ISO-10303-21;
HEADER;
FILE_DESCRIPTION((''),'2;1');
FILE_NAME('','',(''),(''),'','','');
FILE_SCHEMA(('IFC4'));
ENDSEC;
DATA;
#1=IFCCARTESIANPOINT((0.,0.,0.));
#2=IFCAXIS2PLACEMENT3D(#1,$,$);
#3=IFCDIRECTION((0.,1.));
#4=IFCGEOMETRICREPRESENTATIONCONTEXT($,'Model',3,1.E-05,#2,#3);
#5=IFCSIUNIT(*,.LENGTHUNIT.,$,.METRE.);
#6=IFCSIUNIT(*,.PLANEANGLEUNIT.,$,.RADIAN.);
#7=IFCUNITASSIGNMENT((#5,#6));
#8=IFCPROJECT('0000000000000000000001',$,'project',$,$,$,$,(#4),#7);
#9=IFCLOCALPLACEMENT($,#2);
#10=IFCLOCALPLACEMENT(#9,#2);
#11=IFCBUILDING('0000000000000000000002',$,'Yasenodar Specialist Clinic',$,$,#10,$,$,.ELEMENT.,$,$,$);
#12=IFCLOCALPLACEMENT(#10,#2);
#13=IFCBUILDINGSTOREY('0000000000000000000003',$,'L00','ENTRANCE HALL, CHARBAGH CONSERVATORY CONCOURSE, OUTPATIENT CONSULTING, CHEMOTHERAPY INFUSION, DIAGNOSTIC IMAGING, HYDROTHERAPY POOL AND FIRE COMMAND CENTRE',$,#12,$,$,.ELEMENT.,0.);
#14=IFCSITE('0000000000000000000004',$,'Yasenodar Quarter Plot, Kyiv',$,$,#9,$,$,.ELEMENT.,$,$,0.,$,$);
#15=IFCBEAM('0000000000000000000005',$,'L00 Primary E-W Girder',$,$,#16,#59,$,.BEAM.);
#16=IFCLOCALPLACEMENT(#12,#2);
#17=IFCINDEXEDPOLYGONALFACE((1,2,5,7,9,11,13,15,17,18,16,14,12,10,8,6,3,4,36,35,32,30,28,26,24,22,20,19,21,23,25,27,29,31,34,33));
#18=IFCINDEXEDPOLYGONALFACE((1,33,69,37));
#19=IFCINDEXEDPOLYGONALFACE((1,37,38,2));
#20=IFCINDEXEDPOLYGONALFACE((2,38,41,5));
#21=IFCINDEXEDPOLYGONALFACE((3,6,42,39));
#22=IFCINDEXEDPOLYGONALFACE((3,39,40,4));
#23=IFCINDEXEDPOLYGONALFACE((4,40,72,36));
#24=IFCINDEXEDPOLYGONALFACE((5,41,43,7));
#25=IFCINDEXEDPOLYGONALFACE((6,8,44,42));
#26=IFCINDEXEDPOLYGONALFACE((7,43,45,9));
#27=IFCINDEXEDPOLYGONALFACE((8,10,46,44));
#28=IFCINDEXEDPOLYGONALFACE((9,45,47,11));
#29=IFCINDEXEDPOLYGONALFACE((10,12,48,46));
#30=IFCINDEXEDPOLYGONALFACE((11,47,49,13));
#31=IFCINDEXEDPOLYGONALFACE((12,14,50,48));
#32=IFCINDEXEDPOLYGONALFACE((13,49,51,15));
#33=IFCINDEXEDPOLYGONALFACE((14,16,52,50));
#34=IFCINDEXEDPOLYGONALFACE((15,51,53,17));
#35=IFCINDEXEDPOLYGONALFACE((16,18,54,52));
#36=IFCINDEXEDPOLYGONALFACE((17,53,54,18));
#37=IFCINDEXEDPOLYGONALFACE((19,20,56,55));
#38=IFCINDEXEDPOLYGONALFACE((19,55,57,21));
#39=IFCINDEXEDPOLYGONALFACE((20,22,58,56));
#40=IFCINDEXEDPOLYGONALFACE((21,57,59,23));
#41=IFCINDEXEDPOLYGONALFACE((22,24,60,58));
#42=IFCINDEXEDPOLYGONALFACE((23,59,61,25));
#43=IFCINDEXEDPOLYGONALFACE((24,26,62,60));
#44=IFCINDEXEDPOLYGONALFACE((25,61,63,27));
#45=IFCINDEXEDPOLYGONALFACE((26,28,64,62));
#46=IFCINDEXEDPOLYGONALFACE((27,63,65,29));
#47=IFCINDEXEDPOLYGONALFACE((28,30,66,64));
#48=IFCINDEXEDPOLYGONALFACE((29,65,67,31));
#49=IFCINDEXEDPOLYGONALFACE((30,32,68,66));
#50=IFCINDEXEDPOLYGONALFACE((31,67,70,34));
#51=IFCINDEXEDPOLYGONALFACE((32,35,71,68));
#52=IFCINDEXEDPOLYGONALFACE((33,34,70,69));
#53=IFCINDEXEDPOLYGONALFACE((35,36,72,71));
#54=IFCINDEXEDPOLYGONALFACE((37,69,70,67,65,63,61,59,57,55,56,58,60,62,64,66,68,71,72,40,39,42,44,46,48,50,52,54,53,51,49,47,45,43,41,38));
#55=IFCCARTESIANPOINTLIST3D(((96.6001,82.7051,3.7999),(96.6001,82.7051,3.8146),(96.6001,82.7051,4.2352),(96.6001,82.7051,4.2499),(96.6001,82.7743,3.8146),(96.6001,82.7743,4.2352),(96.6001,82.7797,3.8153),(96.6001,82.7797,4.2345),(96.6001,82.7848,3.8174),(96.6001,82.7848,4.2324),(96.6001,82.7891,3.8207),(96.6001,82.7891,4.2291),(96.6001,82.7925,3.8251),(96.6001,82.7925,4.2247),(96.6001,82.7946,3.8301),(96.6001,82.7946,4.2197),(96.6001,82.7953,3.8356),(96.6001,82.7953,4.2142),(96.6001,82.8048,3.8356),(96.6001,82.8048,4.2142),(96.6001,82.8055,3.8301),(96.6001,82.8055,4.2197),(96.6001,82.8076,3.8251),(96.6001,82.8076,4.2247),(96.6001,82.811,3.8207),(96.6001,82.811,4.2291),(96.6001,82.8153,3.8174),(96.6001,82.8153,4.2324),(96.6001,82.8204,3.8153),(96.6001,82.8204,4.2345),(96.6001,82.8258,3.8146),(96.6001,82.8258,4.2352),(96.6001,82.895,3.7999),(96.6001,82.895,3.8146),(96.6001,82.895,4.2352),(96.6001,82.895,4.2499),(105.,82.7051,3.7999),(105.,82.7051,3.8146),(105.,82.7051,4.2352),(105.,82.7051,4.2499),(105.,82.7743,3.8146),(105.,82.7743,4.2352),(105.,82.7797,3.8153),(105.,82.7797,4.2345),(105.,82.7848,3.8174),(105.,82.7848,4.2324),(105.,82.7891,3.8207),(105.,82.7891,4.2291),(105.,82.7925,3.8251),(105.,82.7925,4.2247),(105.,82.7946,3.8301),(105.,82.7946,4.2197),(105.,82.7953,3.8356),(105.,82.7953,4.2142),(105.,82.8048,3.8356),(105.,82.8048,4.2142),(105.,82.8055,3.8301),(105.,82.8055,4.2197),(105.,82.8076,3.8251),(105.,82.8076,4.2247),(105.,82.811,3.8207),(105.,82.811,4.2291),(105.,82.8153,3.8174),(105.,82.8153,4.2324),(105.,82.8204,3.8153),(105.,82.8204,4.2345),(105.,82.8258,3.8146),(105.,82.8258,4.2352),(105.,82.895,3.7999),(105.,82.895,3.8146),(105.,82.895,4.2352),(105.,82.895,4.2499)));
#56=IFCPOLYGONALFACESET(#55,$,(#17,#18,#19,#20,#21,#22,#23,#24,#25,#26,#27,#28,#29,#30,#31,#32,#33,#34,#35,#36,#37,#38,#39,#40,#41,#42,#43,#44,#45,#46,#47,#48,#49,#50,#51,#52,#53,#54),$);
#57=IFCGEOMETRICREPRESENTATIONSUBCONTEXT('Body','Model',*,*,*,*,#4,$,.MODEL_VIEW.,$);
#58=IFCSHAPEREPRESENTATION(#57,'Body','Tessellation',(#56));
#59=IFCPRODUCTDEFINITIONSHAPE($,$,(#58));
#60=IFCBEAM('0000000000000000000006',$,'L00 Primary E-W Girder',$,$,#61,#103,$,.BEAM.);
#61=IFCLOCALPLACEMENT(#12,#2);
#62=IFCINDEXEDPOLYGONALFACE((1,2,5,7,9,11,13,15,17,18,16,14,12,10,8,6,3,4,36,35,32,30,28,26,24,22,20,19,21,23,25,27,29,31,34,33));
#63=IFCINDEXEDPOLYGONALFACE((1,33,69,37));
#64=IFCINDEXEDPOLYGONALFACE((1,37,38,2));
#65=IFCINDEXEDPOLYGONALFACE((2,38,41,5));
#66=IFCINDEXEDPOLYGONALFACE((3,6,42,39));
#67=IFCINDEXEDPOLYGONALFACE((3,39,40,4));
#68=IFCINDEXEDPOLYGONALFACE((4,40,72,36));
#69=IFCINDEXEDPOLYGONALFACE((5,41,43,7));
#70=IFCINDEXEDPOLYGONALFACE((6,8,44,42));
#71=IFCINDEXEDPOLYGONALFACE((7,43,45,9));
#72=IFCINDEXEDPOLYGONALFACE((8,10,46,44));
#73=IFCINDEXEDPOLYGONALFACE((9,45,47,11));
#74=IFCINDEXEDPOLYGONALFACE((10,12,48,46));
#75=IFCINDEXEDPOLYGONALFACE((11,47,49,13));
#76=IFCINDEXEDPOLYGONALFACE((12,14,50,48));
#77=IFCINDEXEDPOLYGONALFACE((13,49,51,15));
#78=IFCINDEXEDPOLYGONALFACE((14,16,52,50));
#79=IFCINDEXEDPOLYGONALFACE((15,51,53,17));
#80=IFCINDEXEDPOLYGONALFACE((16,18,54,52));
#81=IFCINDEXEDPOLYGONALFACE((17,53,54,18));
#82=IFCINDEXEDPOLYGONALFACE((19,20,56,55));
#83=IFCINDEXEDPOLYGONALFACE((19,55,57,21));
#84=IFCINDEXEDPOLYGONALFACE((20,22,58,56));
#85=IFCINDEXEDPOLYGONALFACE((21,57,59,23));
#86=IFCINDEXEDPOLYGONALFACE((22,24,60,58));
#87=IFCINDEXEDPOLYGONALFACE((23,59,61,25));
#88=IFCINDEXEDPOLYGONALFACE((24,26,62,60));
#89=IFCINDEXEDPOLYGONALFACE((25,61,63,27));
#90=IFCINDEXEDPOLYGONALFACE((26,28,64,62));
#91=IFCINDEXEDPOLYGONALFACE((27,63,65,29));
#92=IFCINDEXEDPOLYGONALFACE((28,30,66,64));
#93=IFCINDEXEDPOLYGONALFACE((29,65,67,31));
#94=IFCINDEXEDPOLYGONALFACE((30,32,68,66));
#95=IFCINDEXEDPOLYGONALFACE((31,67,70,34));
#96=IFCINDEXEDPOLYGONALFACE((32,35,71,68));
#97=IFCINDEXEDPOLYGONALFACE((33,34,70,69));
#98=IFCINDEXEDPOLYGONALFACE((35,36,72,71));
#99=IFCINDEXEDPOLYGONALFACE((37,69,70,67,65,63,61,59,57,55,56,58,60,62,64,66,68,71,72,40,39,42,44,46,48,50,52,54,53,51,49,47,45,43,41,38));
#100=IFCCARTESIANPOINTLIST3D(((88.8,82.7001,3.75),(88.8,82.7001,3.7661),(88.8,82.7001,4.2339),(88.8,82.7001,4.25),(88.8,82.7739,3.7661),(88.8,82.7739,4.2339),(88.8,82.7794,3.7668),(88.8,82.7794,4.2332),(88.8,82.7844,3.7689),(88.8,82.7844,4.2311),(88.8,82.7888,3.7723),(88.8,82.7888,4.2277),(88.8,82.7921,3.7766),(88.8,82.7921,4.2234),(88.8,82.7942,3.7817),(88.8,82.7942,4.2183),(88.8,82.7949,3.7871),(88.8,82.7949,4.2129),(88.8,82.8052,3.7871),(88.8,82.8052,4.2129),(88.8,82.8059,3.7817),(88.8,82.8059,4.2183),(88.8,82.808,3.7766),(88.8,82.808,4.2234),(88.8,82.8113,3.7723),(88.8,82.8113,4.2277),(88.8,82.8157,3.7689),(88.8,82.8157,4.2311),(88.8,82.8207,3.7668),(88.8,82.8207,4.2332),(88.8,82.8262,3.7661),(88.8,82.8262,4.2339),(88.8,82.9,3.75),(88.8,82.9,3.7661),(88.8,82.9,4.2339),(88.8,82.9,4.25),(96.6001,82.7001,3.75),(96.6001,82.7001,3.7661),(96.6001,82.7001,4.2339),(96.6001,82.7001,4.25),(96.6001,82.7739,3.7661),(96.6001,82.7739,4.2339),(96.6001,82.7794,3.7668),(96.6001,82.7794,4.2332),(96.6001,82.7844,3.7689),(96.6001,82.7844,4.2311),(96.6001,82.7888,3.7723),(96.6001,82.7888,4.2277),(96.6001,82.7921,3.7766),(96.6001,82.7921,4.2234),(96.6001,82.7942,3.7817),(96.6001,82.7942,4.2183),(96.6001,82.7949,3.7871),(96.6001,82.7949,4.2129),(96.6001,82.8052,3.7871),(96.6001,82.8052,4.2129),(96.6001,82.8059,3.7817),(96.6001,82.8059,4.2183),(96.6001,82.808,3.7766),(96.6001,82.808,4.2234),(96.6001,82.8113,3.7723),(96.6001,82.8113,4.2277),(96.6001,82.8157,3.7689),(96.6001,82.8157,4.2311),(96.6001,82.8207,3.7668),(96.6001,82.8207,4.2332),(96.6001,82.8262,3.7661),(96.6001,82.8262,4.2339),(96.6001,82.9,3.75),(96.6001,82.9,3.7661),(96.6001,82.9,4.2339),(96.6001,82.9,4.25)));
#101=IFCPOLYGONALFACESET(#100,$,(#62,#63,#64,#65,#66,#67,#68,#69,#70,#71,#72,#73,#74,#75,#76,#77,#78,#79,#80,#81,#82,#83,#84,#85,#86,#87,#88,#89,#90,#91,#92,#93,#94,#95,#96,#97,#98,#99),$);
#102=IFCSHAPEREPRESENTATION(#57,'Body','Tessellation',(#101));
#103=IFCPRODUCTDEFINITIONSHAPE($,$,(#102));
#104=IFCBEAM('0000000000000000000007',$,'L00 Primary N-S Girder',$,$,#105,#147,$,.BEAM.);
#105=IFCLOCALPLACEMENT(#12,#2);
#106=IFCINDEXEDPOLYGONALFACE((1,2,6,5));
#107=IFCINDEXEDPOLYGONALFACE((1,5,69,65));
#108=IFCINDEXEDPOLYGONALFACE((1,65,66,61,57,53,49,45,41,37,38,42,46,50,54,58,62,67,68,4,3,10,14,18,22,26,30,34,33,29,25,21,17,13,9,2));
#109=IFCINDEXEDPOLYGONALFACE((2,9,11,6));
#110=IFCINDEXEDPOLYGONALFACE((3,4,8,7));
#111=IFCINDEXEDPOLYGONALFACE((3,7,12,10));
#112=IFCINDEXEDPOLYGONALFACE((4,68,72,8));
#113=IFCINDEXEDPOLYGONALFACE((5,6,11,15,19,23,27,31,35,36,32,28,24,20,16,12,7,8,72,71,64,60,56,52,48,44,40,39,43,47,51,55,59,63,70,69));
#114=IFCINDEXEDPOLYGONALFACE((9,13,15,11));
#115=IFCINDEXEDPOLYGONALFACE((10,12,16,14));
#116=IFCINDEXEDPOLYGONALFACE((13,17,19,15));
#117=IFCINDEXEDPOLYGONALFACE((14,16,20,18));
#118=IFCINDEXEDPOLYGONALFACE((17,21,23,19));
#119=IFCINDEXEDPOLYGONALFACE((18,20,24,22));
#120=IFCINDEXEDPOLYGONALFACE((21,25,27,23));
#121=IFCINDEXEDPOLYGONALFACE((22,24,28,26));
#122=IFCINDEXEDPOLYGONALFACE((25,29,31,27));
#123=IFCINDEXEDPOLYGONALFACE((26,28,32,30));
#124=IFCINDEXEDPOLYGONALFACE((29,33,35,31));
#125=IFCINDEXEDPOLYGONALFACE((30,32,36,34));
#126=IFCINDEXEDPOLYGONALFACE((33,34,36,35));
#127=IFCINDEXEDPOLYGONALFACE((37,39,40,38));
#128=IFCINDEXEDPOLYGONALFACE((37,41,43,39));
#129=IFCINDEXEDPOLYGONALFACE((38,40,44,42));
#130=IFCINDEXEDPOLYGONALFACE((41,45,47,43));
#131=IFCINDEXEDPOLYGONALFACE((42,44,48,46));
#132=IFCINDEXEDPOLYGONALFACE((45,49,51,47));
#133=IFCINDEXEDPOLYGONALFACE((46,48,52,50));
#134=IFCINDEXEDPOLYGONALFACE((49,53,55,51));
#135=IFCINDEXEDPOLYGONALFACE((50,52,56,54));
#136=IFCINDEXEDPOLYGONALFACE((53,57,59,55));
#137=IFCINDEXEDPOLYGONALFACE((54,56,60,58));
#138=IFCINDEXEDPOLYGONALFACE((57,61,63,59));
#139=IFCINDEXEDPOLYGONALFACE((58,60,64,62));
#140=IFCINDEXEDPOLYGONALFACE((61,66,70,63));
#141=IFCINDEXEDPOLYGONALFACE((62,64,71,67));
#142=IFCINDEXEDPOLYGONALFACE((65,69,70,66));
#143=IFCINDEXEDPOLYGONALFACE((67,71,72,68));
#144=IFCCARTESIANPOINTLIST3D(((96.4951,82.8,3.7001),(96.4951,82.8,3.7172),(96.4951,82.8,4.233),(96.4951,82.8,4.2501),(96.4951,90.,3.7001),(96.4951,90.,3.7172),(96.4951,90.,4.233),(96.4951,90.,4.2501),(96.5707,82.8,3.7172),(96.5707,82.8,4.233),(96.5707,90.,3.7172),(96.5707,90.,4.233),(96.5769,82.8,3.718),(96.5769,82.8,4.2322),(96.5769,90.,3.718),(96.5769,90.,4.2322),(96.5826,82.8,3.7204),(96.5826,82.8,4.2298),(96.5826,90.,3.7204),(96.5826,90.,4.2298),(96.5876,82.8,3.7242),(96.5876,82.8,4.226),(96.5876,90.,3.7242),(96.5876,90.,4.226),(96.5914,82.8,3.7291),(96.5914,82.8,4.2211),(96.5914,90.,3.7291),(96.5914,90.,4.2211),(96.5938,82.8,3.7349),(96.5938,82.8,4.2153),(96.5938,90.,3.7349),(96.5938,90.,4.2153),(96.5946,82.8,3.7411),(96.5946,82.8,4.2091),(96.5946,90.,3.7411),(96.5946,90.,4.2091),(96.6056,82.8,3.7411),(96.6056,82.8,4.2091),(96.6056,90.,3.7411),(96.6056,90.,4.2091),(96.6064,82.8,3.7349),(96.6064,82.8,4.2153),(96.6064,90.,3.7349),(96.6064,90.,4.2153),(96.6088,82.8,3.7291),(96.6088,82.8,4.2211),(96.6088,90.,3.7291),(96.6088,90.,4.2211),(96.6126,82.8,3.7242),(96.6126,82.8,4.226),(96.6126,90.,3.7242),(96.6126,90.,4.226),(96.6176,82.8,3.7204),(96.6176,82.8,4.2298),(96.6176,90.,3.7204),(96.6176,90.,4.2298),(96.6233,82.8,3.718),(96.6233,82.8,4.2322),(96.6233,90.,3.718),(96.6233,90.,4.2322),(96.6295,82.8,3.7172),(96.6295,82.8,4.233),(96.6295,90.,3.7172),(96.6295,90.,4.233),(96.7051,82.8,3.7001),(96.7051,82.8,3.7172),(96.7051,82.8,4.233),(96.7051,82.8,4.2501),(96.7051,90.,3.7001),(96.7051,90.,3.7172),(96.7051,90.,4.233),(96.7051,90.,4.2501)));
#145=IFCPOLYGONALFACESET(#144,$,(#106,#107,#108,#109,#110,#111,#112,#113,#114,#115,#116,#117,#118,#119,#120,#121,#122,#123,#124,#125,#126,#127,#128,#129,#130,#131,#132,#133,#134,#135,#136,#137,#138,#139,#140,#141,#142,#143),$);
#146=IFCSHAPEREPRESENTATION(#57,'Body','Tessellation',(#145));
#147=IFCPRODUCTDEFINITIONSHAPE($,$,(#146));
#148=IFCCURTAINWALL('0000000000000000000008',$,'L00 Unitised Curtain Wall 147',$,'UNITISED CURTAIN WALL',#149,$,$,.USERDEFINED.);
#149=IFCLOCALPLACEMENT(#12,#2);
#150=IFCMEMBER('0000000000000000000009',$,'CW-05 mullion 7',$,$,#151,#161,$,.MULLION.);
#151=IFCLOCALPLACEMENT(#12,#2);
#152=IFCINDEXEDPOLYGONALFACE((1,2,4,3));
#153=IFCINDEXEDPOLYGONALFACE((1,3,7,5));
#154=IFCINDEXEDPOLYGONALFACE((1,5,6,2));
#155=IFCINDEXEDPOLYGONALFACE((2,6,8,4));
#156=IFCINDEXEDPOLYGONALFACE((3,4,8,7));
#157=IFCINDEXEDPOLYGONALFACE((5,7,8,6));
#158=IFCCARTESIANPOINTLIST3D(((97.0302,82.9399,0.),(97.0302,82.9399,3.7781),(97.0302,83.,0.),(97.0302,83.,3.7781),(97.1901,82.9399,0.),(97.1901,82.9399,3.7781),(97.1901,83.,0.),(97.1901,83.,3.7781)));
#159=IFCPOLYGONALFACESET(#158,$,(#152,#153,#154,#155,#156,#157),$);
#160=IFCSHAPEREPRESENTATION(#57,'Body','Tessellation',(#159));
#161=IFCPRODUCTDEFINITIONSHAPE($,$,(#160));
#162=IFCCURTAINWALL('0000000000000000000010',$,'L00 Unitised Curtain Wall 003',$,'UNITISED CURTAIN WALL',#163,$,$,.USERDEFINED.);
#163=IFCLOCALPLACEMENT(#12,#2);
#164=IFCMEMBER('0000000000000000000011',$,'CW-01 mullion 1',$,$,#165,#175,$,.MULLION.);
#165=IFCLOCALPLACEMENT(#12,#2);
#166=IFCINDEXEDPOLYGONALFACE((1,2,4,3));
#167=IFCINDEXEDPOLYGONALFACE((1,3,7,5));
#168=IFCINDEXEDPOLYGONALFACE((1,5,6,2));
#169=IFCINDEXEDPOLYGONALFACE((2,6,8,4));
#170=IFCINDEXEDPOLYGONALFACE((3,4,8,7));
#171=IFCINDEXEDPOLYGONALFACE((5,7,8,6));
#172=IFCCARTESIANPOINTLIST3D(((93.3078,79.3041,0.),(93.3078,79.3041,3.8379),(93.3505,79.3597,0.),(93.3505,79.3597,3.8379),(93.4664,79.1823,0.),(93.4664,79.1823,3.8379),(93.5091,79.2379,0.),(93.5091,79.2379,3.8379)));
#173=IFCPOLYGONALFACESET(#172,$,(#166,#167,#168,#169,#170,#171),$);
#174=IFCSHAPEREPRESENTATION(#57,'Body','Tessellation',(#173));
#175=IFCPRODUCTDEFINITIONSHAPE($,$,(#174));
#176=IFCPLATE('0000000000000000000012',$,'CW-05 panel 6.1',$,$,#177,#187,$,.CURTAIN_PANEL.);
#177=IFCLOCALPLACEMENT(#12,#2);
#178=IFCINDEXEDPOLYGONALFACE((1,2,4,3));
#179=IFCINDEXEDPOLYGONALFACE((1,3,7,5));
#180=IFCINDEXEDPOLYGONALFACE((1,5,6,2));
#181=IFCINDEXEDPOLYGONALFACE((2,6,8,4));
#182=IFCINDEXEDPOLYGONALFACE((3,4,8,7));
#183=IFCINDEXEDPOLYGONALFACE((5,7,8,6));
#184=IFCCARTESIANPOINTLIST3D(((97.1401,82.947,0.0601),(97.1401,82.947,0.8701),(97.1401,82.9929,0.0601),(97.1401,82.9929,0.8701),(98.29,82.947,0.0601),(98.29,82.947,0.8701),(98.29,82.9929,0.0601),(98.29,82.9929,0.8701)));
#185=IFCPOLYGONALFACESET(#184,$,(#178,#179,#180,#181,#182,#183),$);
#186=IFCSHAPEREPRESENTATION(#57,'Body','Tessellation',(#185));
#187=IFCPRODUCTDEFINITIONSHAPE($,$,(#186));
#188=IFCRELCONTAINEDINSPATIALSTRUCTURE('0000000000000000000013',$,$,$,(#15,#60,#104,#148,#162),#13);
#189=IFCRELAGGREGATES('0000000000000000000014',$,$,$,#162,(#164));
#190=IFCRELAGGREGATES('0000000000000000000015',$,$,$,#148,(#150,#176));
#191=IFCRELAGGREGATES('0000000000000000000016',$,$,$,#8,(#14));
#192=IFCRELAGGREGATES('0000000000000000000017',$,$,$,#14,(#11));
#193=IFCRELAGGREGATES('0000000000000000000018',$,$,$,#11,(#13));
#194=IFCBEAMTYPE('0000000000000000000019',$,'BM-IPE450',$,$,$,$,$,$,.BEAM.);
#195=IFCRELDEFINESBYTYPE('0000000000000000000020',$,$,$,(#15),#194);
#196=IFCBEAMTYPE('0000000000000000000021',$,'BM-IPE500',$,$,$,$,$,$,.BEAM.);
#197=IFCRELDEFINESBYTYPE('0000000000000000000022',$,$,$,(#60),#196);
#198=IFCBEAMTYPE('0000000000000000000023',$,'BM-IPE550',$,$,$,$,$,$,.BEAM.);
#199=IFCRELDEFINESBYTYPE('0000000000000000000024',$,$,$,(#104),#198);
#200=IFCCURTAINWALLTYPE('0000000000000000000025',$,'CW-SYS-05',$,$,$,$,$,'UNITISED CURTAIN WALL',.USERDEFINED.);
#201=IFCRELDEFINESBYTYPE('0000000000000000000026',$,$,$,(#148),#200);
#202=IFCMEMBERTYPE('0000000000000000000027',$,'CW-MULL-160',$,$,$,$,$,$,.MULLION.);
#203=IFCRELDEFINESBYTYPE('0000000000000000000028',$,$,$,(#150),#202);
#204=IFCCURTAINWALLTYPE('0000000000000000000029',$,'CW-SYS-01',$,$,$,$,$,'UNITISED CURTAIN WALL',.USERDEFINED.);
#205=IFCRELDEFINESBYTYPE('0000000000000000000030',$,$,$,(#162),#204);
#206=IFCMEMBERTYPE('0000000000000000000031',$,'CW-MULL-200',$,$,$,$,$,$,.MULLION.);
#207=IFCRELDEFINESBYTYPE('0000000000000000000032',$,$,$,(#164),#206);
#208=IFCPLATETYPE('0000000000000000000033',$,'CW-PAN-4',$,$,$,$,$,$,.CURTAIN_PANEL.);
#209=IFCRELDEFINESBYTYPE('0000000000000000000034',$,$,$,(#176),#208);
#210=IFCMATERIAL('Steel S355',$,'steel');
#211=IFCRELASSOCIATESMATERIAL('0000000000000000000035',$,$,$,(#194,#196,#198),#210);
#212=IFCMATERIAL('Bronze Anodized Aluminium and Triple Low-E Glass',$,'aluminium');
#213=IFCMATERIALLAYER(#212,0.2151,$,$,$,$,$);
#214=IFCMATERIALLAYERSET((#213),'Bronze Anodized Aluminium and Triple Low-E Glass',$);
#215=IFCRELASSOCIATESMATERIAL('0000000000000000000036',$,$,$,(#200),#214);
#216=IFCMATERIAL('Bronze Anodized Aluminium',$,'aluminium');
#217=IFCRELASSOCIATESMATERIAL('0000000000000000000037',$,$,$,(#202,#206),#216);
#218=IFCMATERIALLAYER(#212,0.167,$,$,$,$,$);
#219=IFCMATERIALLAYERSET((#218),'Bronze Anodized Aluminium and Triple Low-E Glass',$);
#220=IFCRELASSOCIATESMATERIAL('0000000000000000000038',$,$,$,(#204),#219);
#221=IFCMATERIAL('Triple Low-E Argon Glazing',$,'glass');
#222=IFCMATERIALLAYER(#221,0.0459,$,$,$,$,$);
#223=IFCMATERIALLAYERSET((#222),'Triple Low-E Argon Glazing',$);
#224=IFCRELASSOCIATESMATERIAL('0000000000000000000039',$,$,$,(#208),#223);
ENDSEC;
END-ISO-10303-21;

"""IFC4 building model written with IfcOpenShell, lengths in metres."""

from ifc_helpers import new_model, si_unit, direction, frame, origin, origin_2d, place, context, subcontext, project, spatial, rectangle, i_section, extrude, material, layer, layer_set, material_profile, profile_set, type_object, element, aggregate, save


model = new_model("IFC4")

# Units and contexts
model_context = context("Model", 3, precision=1e-05, world=origin(), true_north=direction((0.0, 1.0)))
body_context = subcontext(model_context, "Body", "Model", "MODEL_VIEW")
ifc_project = project(units=[si_unit("LENGTHUNIT", "METRE"), si_unit("PLANEANGLEUNIT", "RADIAN")], contexts=[model_context])

# Site, building, storey
site_placement = place(None, origin())
site = spatial("IfcSite", under=ifc_project, at=site_placement, Name="Yasenodar Quarter Plot, Kyiv", CompositionType="ELEMENT", RefElevation=0.0)
building_placement = place(site_placement, origin())
building = spatial("IfcBuilding", under=site, at=building_placement, Name="Yasenodar Specialist Clinic", CompositionType="ELEMENT")
storey_placement = place(building_placement, origin())
storey = spatial("IfcBuildingStorey", under=building, at=storey_placement, Name="L00", Description="ENTRANCE HALL, CHARBAGH CONSERVATORY CONCOURSE, OUTPATIENT CONSULTING, CHEMOTHERAPY INFUSION, DIAGNOSTIC IMAGING, HYDROTHERAPY POOL AND FIRE COMMAND CENTRE", CompositionType="ELEMENT", Elevation=0.0)

# Shared definitions
ifc_material_1 = material(Name="Steel S355", Category="steel")

# Beams
ifc_material_profile_1 = material_profile(ifc_material_1, i_section(OverallWidth=0.1899, OverallDepth=0.45, WebThickness=0.0095, FlangeThickness=0.0146, FilletRadius=0.021, at=origin_2d()), Name="IPE 450")
ifc_profile_set_1 = profile_set([ifc_material_profile_1], Name="Steel S355")
beam_type_1 = type_object("IfcBeamType", Name="BM-IPE450", PredefinedType="BEAM", material=ifc_profile_set_1)
beam_1_placement = place(storey_placement, frame((96.6001, 82.8, 4.0249), z_axis=(1.0, 0.0, 0.0), x_axis=(0.0, 1.0, 0.0)))
element("IfcBeam", 1, at=beam_1_placement, inside=storey, type_object=beam_type_1, Name="L00 Primary E-W Girder", PredefinedType="BEAM", context=body_context, shape_type="SweptSolid", body=[
    extrude(i_section(OverallWidth=0.1899, OverallDepth=0.45, WebThickness=0.0095, FlangeThickness=0.0146, FilletRadius=0.021, at=origin_2d()), origin(), (0.0, 0.0, 1.0), 8.3999),
])
ifc_material_profile_2 = material_profile(ifc_material_1, i_section(OverallWidth=0.2, OverallDepth=0.5, WebThickness=0.0103, FlangeThickness=0.0161, FilletRadius=0.021, at=origin_2d()), Name="IPE 500")
ifc_profile_set_2 = profile_set([ifc_material_profile_2], Name="Steel S355")
beam_type_2 = type_object("IfcBeamType", Name="BM-IPE500", PredefinedType="BEAM", material=ifc_profile_set_2)
beam_2_placement = place(storey_placement, frame((88.8, 82.8, 4.0), z_axis=(1.0, 0.0, 0.0), x_axis=(0.0, 1.0, 0.0)))
element("IfcBeam", 2, at=beam_2_placement, inside=storey, type_object=beam_type_2, Name="L00 Primary E-W Girder", PredefinedType="BEAM", context=body_context, shape_type="SweptSolid", body=[
    extrude(i_section(OverallWidth=0.2, OverallDepth=0.5, WebThickness=0.0103, FlangeThickness=0.0161, FilletRadius=0.021, at=origin_2d()), origin(), (0.0, 0.0, 1.0), 7.8),
])
ifc_material_profile_3 = material_profile(ifc_material_1, i_section(OverallWidth=0.21, OverallDepth=0.55, WebThickness=0.011, FlangeThickness=0.0171, FilletRadius=0.0239, at=origin_2d()), Name="IPE 550")
ifc_profile_set_3 = profile_set([ifc_material_profile_3], Name="Steel S355")
beam_type_3 = type_object("IfcBeamType", Name="BM-IPE550", PredefinedType="BEAM", material=ifc_profile_set_3)
beam_3_placement = place(storey_placement, frame((96.6001, 82.8, 3.9751), z_axis=(0.0, 1.0, 0.0), x_axis=(-1.0, 0.0, 0.0)))
element("IfcBeam", 3, at=beam_3_placement, inside=storey, type_object=beam_type_3, Name="L00 Primary N-S Girder", PredefinedType="BEAM", context=body_context, shape_type="SweptSolid", body=[
    extrude(i_section(OverallWidth=0.21, OverallDepth=0.55, WebThickness=0.011, FlangeThickness=0.0171, FilletRadius=0.0239, at=origin_2d()), origin(), (0.0, 0.0, 1.0), 7.2),
])

# Curtain walls, members
ifc_material_2 = material(Name="Bronze Anodized Aluminium and Triple Low-E Glass", Category="aluminium")
ifc_layer_1 = layer(ifc_material_2, 0.2151)
ifc_layer_set_1 = layer_set([ifc_layer_1], Name="Bronze Anodized Aluminium and Triple Low-E Glass")
curtain_wall_type_1 = type_object("IfcCurtainWallType", Name="CW-SYS-05", ElementType="UNITISED CURTAIN WALL", PredefinedType="USERDEFINED", material=ifc_layer_set_1)
curtain_wall_1_placement = place(storey_placement, origin())
curtain_wall_1 = element("IfcCurtainWall", 4, at=curtain_wall_1_placement, inside=storey, type_object=curtain_wall_type_1, Name="L00 Unitised Curtain Wall 147", ObjectType="UNITISED CURTAIN WALL", PredefinedType="USERDEFINED")
ifc_material_3 = material(Name="Bronze Anodized Aluminium", Category="aluminium")
ifc_material_profile_4 = material_profile(ifc_material_3, rectangle(XDim=0.0601, YDim=0.1599, at=origin_2d()), Name="CW-MULL 60x160")
ifc_profile_set_4 = profile_set([ifc_material_profile_4], Name="Bronze Anodized Aluminium")
member_type_1 = type_object("IfcMemberType", Name="CW-MULL-160", PredefinedType="MULLION", material=ifc_profile_set_4)
member_1_placement = place(storey_placement, frame((97.1101, 82.97, 0.0), z_axis=(0.0, 0.0, 1.0), x_axis=(0.0, -1.0, 0.0)))
member_1 = element("IfcMember", 5, at=member_1_placement, type_object=member_type_1, Name="CW-05 mullion 7", PredefinedType="MULLION", context=body_context, shape_type="SweptSolid", body=[
    extrude(rectangle(XDim=0.0601, YDim=0.1599, at=origin_2d()), origin(), (0.0, 0.0, 1.0), 3.7781),
])
ifc_layer_2 = layer(ifc_material_2, 0.167)
ifc_layer_set_2 = layer_set([ifc_layer_2], Name="Bronze Anodized Aluminium and Triple Low-E Glass")
curtain_wall_type_2 = type_object("IfcCurtainWallType", Name="CW-SYS-01", ElementType="UNITISED CURTAIN WALL", PredefinedType="USERDEFINED", material=ifc_layer_set_2)
curtain_wall_2_placement = place(storey_placement, origin())
curtain_wall_2 = element("IfcCurtainWall", 6, at=curtain_wall_2_placement, inside=storey, type_object=curtain_wall_type_2, Name="L00 Unitised Curtain Wall 003", ObjectType="UNITISED CURTAIN WALL", PredefinedType="USERDEFINED")
ifc_material_profile_5 = material_profile(ifc_material_3, rectangle(XDim=0.0701, YDim=0.2, at=origin_2d()), Name="CW-MULL 70x200")
ifc_profile_set_5 = profile_set([ifc_material_profile_5], Name="Bronze Anodized Aluminium")
member_type_2 = type_object("IfcMemberType", Name="CW-MULL-200", PredefinedType="MULLION", material=ifc_profile_set_5)
member_2_placement = place(storey_placement, frame((93.4084, 79.271, 0.0), z_axis=(0.0, 0.0, 1.0), x_axis=(0.608752, 0.793361, 0.0)))
member_2 = element("IfcMember", 7, at=member_2_placement, type_object=member_type_2, Name="CW-01 mullion 1", PredefinedType="MULLION", context=body_context, shape_type="SweptSolid", body=[
    extrude(rectangle(XDim=0.0701, YDim=0.2, at=origin_2d()), origin(), (0.0, 0.0, 1.0), 3.8379),
])
aggregate(curtain_wall_2, [member_2])

# Plate
ifc_material_4 = material(Name="Triple Low-E Argon Glazing", Category="glass")
ifc_layer_3 = layer(ifc_material_4, 0.0459)
ifc_layer_set_3 = layer_set([ifc_layer_3], Name="Triple Low-E Argon Glazing")
plate_type = type_object("IfcPlateType", Name="CW-PAN-4", PredefinedType="CURTAIN_PANEL", material=ifc_layer_set_3)
plate_1_placement = place(storey_placement, frame((97.7151, 82.97, 0.0601), z_axis=(0.0, 0.0, 1.0), x_axis=(-1.0, 0.0, 0.0)))
plate_1 = element("IfcPlate", 8, at=plate_1_placement, type_object=plate_type, Name="CW-05 panel 6.1", PredefinedType="CURTAIN_PANEL", context=body_context, shape_type="SweptSolid", body=[
    extrude(rectangle(XDim=1.1499, YDim=0.0459, at=origin_2d()), origin(), (0.0, 0.0, 1.0), 0.8101),
])
aggregate(curtain_wall_1, [member_1, plate_1])

save(model, "model.ifc")
